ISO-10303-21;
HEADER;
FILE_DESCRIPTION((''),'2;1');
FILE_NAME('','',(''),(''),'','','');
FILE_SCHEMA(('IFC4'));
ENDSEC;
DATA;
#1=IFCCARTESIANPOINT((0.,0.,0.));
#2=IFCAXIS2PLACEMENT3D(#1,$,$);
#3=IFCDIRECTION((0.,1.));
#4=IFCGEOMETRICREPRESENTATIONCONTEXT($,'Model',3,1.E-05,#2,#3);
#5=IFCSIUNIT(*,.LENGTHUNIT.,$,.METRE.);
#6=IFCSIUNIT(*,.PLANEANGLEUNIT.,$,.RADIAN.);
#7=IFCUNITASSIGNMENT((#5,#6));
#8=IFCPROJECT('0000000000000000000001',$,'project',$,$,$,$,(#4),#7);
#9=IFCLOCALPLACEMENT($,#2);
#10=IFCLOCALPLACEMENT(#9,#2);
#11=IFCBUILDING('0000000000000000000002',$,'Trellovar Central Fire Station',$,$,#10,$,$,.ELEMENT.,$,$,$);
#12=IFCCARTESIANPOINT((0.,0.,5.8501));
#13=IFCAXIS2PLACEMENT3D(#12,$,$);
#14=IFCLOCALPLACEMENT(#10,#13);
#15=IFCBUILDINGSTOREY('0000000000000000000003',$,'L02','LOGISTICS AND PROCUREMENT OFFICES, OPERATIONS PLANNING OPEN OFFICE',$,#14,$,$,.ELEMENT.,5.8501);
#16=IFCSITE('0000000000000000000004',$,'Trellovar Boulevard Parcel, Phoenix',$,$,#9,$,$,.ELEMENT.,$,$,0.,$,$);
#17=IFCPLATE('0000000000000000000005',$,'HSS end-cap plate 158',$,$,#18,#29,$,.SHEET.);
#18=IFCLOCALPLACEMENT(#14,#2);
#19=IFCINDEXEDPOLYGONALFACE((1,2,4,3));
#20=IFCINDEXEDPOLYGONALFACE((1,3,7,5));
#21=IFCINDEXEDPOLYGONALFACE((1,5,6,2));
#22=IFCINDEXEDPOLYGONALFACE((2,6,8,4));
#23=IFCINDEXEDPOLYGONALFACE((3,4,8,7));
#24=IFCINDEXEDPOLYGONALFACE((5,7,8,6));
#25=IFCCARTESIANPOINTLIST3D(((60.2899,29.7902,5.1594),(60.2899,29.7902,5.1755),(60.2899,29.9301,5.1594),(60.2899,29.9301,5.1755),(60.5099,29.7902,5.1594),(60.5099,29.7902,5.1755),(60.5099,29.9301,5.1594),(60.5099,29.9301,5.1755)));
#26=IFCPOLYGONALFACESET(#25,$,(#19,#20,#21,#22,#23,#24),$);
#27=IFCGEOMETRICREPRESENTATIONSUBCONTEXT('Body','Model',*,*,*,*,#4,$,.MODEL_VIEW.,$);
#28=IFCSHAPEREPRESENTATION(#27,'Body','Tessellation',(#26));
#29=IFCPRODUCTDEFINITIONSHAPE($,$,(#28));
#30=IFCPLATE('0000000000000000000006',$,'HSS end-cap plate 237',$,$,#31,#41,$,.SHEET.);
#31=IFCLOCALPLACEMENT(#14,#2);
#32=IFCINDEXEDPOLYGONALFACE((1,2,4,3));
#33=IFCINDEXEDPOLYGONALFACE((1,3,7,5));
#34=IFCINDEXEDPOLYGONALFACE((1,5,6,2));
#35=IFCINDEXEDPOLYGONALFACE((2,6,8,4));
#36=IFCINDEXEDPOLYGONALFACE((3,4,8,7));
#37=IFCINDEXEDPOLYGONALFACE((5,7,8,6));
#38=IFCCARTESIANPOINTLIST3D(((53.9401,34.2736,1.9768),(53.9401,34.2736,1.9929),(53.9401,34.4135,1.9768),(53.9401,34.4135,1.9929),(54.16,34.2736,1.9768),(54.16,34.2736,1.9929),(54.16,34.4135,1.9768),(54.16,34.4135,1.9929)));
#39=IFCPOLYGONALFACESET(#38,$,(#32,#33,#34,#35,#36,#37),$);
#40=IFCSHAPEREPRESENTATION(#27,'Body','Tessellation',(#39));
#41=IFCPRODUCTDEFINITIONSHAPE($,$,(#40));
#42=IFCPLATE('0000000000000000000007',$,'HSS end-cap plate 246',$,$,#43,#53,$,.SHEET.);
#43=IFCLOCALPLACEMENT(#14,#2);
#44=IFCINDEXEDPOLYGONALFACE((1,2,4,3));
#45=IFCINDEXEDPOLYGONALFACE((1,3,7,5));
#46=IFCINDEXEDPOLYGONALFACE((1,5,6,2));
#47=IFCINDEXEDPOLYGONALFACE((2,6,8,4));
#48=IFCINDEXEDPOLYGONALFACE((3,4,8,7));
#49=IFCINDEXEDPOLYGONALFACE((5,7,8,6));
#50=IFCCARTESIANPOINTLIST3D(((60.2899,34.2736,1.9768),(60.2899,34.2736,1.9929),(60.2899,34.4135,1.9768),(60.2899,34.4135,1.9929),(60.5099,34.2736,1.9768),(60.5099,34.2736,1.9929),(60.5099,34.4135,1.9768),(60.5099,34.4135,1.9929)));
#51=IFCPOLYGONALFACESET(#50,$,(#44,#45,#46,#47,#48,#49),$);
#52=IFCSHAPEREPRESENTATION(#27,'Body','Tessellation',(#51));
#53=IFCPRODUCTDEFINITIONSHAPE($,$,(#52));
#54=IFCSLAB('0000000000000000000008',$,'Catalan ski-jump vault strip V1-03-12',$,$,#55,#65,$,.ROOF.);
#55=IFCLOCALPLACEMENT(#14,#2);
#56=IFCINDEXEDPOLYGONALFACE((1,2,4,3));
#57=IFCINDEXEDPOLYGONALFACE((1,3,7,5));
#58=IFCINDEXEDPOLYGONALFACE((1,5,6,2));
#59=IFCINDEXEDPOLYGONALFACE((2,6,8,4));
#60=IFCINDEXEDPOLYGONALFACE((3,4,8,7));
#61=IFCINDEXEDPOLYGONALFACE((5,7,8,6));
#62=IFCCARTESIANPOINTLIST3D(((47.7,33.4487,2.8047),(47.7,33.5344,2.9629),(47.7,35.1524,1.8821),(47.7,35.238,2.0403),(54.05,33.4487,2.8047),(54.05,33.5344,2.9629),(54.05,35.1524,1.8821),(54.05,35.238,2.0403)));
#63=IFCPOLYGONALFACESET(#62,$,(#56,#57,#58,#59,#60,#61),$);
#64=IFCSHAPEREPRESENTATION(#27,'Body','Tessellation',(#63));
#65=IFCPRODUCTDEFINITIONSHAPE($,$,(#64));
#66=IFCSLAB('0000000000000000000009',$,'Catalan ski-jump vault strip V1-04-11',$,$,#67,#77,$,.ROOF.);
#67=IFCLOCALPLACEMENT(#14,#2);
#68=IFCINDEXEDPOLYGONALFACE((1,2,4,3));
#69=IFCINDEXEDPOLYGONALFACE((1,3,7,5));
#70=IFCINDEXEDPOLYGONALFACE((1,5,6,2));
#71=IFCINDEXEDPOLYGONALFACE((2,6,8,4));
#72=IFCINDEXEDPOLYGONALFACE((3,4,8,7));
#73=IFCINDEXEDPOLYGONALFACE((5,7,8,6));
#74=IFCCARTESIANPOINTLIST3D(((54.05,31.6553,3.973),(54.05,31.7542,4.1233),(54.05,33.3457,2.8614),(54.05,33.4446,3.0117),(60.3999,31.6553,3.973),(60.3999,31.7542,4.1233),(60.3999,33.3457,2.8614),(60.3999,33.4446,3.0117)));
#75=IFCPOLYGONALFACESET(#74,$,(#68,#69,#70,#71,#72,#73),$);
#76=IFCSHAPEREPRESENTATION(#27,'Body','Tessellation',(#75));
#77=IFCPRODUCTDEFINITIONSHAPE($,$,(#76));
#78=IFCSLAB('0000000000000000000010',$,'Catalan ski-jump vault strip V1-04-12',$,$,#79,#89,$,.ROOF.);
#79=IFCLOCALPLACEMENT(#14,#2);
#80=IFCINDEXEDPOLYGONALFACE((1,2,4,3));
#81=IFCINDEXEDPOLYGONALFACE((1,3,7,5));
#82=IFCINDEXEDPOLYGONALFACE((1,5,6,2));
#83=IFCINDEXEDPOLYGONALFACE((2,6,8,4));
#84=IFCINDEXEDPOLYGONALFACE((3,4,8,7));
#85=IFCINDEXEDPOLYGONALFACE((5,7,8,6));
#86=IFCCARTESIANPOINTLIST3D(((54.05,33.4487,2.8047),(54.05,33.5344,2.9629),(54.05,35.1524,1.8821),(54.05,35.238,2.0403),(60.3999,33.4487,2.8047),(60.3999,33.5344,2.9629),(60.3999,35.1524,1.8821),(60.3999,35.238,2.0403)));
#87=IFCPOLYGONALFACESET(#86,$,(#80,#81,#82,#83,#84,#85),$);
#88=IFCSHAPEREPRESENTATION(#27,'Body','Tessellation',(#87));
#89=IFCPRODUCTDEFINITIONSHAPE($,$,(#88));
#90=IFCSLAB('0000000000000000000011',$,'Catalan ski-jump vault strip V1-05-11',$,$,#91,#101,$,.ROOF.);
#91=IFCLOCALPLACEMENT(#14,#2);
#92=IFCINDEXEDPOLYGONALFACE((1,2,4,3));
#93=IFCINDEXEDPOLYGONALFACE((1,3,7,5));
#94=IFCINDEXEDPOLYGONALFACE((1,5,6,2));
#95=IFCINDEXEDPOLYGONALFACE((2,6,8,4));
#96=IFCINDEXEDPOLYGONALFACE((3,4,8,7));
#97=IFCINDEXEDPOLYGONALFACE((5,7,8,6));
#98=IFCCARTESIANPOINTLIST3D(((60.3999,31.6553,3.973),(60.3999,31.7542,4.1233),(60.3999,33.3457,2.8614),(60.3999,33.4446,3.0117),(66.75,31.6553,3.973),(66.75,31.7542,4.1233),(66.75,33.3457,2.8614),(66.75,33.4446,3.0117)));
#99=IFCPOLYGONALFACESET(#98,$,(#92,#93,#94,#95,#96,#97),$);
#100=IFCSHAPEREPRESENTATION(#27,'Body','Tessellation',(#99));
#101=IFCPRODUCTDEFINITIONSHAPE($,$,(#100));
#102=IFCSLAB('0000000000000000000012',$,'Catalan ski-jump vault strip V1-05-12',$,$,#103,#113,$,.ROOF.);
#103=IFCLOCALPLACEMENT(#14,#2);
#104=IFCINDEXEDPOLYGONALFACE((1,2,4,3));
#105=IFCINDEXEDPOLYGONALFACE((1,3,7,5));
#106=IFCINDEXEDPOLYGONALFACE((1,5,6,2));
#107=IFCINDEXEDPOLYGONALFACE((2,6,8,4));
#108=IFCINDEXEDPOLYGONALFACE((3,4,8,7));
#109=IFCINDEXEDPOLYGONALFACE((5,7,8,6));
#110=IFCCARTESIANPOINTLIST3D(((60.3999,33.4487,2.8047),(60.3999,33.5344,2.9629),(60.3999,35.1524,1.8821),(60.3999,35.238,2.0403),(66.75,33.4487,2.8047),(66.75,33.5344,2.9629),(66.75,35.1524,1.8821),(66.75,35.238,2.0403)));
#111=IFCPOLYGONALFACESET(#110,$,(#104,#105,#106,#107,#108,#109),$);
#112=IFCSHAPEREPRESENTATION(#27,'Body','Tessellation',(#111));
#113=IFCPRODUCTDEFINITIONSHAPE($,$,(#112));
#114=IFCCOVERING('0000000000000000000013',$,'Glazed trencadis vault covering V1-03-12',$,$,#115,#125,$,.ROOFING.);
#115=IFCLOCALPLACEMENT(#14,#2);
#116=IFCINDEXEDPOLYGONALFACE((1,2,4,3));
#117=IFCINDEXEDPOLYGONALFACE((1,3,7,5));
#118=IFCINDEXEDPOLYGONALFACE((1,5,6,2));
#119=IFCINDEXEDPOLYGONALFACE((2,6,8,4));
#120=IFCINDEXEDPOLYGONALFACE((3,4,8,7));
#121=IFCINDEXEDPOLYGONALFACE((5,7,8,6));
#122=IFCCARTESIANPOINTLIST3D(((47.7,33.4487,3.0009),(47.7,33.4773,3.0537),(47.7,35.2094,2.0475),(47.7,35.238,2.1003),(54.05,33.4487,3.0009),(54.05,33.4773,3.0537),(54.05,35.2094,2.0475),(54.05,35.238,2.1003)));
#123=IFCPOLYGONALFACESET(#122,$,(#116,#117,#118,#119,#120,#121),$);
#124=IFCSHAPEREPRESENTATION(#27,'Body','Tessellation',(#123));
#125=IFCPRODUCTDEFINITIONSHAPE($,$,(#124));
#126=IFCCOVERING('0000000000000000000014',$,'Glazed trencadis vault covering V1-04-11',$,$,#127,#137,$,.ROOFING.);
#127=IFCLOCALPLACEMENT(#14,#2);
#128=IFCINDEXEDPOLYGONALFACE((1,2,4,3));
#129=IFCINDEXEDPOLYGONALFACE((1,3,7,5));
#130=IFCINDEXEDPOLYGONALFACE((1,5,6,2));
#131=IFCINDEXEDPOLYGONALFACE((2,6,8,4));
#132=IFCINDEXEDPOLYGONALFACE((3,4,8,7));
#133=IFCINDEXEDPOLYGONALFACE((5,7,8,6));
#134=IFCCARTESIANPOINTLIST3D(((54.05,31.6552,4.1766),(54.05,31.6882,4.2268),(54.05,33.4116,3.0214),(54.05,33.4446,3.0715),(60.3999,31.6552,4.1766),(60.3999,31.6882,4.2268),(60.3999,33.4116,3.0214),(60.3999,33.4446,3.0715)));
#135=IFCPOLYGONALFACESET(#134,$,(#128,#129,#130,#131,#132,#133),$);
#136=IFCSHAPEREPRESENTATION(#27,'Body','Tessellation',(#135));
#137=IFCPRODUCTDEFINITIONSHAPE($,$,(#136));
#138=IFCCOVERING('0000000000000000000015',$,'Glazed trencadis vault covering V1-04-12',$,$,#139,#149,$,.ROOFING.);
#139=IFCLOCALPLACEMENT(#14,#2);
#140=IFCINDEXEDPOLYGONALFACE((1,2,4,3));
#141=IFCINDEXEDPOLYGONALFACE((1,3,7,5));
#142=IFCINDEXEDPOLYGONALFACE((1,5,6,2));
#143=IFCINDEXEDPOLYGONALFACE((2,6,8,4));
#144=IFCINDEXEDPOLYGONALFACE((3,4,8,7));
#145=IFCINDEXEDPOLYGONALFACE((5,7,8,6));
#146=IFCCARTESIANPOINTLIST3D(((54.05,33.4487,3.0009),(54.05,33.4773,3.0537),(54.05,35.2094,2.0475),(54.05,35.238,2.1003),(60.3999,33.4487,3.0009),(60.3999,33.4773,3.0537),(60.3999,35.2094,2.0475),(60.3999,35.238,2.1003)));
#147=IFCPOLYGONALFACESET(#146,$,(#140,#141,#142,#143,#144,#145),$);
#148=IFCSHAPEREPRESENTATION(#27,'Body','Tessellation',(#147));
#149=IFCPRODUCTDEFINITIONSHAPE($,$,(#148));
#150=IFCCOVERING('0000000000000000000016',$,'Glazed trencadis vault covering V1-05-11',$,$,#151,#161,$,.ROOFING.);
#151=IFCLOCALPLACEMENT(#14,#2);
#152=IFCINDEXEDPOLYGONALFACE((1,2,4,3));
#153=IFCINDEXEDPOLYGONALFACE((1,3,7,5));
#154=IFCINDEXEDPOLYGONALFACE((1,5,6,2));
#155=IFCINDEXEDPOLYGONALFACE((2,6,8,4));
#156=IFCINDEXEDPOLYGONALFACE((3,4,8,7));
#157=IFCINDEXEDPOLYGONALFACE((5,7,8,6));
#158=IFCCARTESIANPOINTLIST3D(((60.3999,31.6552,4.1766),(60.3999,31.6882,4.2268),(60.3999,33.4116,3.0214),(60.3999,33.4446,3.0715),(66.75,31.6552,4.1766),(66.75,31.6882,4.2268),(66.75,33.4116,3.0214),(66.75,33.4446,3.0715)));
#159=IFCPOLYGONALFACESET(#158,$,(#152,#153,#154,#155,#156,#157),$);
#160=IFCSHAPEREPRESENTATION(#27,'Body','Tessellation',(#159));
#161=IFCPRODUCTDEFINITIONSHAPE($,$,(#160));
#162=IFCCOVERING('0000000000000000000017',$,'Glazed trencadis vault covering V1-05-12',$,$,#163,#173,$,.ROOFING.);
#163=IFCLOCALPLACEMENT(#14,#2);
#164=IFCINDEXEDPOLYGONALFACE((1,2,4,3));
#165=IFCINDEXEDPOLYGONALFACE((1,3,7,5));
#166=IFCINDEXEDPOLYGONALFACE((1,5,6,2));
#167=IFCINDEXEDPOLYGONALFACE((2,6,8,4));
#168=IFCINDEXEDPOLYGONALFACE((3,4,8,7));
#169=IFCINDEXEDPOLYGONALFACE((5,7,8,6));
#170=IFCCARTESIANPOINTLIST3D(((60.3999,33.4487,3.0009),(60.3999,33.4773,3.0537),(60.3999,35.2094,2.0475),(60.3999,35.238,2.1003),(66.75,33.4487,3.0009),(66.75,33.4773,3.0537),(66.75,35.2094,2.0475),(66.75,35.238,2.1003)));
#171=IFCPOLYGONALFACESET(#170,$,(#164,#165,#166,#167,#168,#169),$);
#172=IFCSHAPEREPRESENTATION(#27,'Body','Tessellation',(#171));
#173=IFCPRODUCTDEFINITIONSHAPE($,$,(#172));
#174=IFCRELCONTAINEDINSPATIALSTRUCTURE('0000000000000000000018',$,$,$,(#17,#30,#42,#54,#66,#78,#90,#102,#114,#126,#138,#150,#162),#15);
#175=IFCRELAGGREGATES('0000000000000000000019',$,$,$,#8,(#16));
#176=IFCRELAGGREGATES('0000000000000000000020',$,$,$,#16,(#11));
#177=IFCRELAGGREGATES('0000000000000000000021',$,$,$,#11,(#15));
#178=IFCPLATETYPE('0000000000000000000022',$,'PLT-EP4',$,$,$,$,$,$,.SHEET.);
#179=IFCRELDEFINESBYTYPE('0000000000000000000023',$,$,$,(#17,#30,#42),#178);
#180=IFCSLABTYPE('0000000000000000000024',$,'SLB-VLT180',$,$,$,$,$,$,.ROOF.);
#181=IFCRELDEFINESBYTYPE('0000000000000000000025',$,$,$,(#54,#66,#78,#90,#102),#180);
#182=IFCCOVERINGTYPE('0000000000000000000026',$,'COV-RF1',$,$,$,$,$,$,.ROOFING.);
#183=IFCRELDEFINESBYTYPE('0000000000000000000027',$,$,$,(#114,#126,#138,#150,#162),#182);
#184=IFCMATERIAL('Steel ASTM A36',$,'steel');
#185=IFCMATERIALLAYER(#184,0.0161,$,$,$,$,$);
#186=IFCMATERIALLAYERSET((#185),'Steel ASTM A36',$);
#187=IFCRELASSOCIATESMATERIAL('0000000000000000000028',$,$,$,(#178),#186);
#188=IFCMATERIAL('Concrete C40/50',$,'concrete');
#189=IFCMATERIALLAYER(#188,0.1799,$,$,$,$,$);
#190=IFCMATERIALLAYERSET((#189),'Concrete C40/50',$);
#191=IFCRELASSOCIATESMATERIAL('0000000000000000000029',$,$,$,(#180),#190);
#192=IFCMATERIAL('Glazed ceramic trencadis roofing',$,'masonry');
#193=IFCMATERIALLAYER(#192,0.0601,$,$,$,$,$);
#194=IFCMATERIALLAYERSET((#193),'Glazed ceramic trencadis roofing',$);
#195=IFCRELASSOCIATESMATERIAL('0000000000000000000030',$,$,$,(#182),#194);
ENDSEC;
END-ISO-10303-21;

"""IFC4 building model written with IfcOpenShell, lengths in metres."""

from ifc_helpers import new_model, si_unit, direction, frame, origin, origin_2d, place, context, subcontext, project, spatial, polyline, rectangle, outline, extrude, material, layer, layer_set, type_object, element, save


model = new_model("IFC4")

# Units and contexts
model_context = context("Model", 3, precision=1e-05, world=origin(), true_north=direction((0.0, 1.0)))
body_context = subcontext(model_context, "Body", "Model", "MODEL_VIEW")
ifc_project = project(units=[si_unit("LENGTHUNIT", "METRE"), si_unit("PLANEANGLEUNIT", "RADIAN")], contexts=[model_context])

# Site, building, storey
site_placement = place(None, origin())
site = spatial("IfcSite", under=ifc_project, at=site_placement, Name="Trellovar Boulevard Parcel, Phoenix", CompositionType="ELEMENT", RefElevation=0.0)
building_placement = place(site_placement, origin())
building = spatial("IfcBuilding", under=site, at=building_placement, Name="Trellovar Central Fire Station", CompositionType="ELEMENT")
storey_placement = place(building_placement, frame((0.0, 0.0, 5.8501)))
storey = spatial("IfcBuildingStorey", under=building, at=storey_placement, Name="L02", Description="LOGISTICS AND PROCUREMENT OFFICES, OPERATIONS PLANNING OPEN OFFICE", CompositionType="ELEMENT", Elevation=5.8501)

# Plates
ifc_material_1 = material(Name="Steel ASTM A36", Category="steel")
ifc_layer_1 = layer(ifc_material_1, 0.0161)
ifc_layer_set_1 = layer_set([ifc_layer_1], Name="Steel ASTM A36")
plate_type_1 = type_object("IfcPlateType", Name="PLT-EP4", PredefinedType="SHEET", material=ifc_layer_set_1)
for number, where, z_axis, x_axis, name in (
    (1, (60.3999, 29.8601, 5.1594), (0.0, 0.0, 1.0), (1.0, 0.0, 0.0), "HSS end-cap plate 158"),
    (2, (54.05, 34.3435, 1.9768), (0.0, 0.0, 1.0), (1.0, 0.0, 0.0), "HSS end-cap plate 237"),
    (3, (60.3999, 34.3435, 1.9768), (0.0, 0.0, 1.0), (1.0, 0.0, 0.0), "HSS end-cap plate 246"),
):
    element("IfcPlate", number, at=place(storey_placement, frame(where, z_axis=z_axis, x_axis=x_axis)), inside=storey, type_object=plate_type_1, Name=name, PredefinedType="SHEET", context=body_context, shape_type="SweptSolid", body=[
        extrude(rectangle(XDim=0.22, YDim=0.1399, at=origin_2d()), origin(), (0.0, 0.0, 1.0), 0.0161),
    ])

# Slabs
ifc_material_2 = material(Name="Concrete C40/50", Category="concrete")
ifc_layer_2 = layer(ifc_material_2, 0.1799)
ifc_layer_set_2 = layer_set([ifc_layer_2], Name="Concrete C40/50")
slab_type = type_object("IfcSlabType", Name="SLB-VLT180", PredefinedType="ROOF", material=ifc_layer_set_2)
slab_1_placement = place(storey_placement, frame((47.7, 33.5344, 2.9629), z_axis=(0.0, 0.47621, 0.879332), x_axis=(1.0, 0.0, 0.0)))
element("IfcSlab", 4, at=slab_1_placement, inside=storey, type_object=slab_type, Name="Catalan ski-jump vault strip V1-03-12", PredefinedType="ROOF", context=body_context, shape_type="SweptSolid", body=[
    extrude(outline(polyline([(0.0, 0.0), (6.3501, 0.0), (6.3501, 1.9374), (0.0, 1.9374), (0.0, 0.0)])), origin(), (0.0, 0.0, -1.0), 0.1799),
])
slab_2_placement = place(storey_placement, frame((54.05, 31.7542, 4.1233), z_axis=(0.0, 0.549426, 0.835542), x_axis=(1.0, 0.0, 0.0)))
element("IfcSlab", 5, at=slab_2_placement, inside=storey, type_object=slab_type, Name="Catalan ski-jump vault strip V1-04-11", PredefinedType="ROOF", context=body_context, shape_type="SweptSolid", body=[
    extrude(outline(polyline([(0.0, 0.0), (6.3499, 0.0), (6.3499, 2.0232), (0.0, 2.0232), (0.0, 0.0)])), origin(), (0.0, 0.0, -1.0), 0.1799),
])
slab_3_placement = place(storey_placement, frame((54.05, 33.5344, 2.9629), z_axis=(0.0, 0.47621, 0.879332), x_axis=(1.0, 0.0, 0.0)))
element("IfcSlab", 6, at=slab_3_placement, inside=storey, type_object=slab_type, Name="Catalan ski-jump vault strip V1-04-12", PredefinedType="ROOF", context=body_context, shape_type="SweptSolid", body=[
    extrude(outline(polyline([(0.0, 0.0), (6.3499, 0.0), (6.3499, 1.9374), (0.0, 1.9374), (0.0, 0.0)])), origin(), (0.0, 0.0, -1.0), 0.1799),
])
slab_4_placement = place(storey_placement, frame((60.3999, 31.7542, 4.1233), z_axis=(0.0, 0.549426, 0.835542), x_axis=(1.0, 0.0, 0.0)))
element("IfcSlab", 7, at=slab_4_placement, inside=storey, type_object=slab_type, Name="Catalan ski-jump vault strip V1-05-11", PredefinedType="ROOF", context=body_context, shape_type="SweptSolid", body=[
    extrude(outline(polyline([(0.0, 0.0), (6.3501, 0.0), (6.3501, 2.0232), (0.0, 2.0232), (0.0, 0.0)])), origin(), (0.0, 0.0, -1.0), 0.1799),
])
slab_5_placement = place(storey_placement, frame((60.3999, 33.5344, 2.9629), z_axis=(0.0, 0.47621, 0.879332), x_axis=(1.0, 0.0, 0.0)))
element("IfcSlab", 8, at=slab_5_placement, inside=storey, type_object=slab_type, Name="Catalan ski-jump vault strip V1-05-12", PredefinedType="ROOF", context=body_context, shape_type="SweptSolid", body=[
    extrude(outline(polyline([(0.0, 0.0), (6.3501, 0.0), (6.3501, 1.9374), (0.0, 1.9374), (0.0, 0.0)])), origin(), (0.0, 0.0, -1.0), 0.1799),
])

# Coverings
ifc_material_3 = material(Name="Glazed ceramic trencadis roofing", Category="masonry")
ifc_layer_3 = layer(ifc_material_3, 0.0601)
ifc_layer_set_3 = layer_set([ifc_layer_3], Name="Glazed ceramic trencadis roofing")
covering_type = type_object("IfcCoveringType", Name="COV-RF1", PredefinedType="ROOFING", material=ifc_layer_set_3)
covering_1_placement = place(storey_placement, frame((47.7, 33.4773, 3.0537), z_axis=(0.0, 0.476142, 0.879369), x_axis=(1.0, 0.0, 0.0)))
element("IfcCovering", 9, at=covering_1_placement, inside=storey, type_object=covering_type, Name="Glazed trencadis vault covering V1-03-12", PredefinedType="ROOFING", context=body_context, shape_type="SweptSolid", body=[
    extrude(outline(polyline([(0.0, 0.0), (6.3501, 0.0), (6.3501, 2.0023), (0.0, 2.0023), (0.0, 0.0)])), origin(), (0.0, 0.0, -1.0), 0.0601),
])
covering_2_placement = place(storey_placement, frame((54.05, 31.6882, 4.2268), z_axis=(0.0, 0.549544, 0.835465), x_axis=(1.0, 0.0, 0.0)))
element("IfcCovering", 10, at=covering_2_placement, inside=storey, type_object=covering_type, Name="Glazed trencadis vault covering V1-04-11", PredefinedType="ROOFING", context=body_context, shape_type="SweptSolid", body=[
    extrude(outline(polyline([(0.0, 0.0), (6.3499, 0.0), (6.3499, 2.1022), (0.0, 2.1022), (0.0, 0.0)])), origin(), (0.0, 0.0, -1.0), 0.0601),
])
covering_3_placement = place(storey_placement, frame((54.05, 33.4773, 3.0537), z_axis=(0.0, 0.476142, 0.879369), x_axis=(1.0, 0.0, 0.0)))
element("IfcCovering", 11, at=covering_3_placement, inside=storey, type_object=covering_type, Name="Glazed trencadis vault covering V1-04-12", PredefinedType="ROOFING", context=body_context, shape_type="SweptSolid", body=[
    extrude(outline(polyline([(0.0, 0.0), (6.3499, 0.0), (6.3499, 2.0023), (0.0, 2.0023), (0.0, 0.0)])), origin(), (0.0, 0.0, -1.0), 0.0601),
])
covering_4_placement = place(storey_placement, frame((60.3999, 31.6882, 4.2268), z_axis=(0.0, 0.549544, 0.835465), x_axis=(1.0, 0.0, 0.0)))
element("IfcCovering", 12, at=covering_4_placement, inside=storey, type_object=covering_type, Name="Glazed trencadis vault covering V1-05-11", PredefinedType="ROOFING", context=body_context, shape_type="SweptSolid", body=[
    extrude(outline(polyline([(0.0, 0.0), (6.3501, 0.0), (6.3501, 2.1022), (0.0, 2.1022), (0.0, 0.0)])), origin(), (0.0, 0.0, -1.0), 0.0601),
])
covering_5_placement = place(storey_placement, frame((60.3999, 33.4773, 3.0537), z_axis=(0.0, 0.476142, 0.879369), x_axis=(1.0, 0.0, 0.0)))
element("IfcCovering", 13, at=covering_5_placement, inside=storey, type_object=covering_type, Name="Glazed trencadis vault covering V1-05-12", PredefinedType="ROOFING", context=body_context, shape_type="SweptSolid", body=[
    extrude(outline(polyline([(0.0, 0.0), (6.3501, 0.0), (6.3501, 2.0023), (0.0, 2.0023), (0.0, 0.0)])), origin(), (0.0, 0.0, -1.0), 0.0601),
])

save(model, "model.ifc")
